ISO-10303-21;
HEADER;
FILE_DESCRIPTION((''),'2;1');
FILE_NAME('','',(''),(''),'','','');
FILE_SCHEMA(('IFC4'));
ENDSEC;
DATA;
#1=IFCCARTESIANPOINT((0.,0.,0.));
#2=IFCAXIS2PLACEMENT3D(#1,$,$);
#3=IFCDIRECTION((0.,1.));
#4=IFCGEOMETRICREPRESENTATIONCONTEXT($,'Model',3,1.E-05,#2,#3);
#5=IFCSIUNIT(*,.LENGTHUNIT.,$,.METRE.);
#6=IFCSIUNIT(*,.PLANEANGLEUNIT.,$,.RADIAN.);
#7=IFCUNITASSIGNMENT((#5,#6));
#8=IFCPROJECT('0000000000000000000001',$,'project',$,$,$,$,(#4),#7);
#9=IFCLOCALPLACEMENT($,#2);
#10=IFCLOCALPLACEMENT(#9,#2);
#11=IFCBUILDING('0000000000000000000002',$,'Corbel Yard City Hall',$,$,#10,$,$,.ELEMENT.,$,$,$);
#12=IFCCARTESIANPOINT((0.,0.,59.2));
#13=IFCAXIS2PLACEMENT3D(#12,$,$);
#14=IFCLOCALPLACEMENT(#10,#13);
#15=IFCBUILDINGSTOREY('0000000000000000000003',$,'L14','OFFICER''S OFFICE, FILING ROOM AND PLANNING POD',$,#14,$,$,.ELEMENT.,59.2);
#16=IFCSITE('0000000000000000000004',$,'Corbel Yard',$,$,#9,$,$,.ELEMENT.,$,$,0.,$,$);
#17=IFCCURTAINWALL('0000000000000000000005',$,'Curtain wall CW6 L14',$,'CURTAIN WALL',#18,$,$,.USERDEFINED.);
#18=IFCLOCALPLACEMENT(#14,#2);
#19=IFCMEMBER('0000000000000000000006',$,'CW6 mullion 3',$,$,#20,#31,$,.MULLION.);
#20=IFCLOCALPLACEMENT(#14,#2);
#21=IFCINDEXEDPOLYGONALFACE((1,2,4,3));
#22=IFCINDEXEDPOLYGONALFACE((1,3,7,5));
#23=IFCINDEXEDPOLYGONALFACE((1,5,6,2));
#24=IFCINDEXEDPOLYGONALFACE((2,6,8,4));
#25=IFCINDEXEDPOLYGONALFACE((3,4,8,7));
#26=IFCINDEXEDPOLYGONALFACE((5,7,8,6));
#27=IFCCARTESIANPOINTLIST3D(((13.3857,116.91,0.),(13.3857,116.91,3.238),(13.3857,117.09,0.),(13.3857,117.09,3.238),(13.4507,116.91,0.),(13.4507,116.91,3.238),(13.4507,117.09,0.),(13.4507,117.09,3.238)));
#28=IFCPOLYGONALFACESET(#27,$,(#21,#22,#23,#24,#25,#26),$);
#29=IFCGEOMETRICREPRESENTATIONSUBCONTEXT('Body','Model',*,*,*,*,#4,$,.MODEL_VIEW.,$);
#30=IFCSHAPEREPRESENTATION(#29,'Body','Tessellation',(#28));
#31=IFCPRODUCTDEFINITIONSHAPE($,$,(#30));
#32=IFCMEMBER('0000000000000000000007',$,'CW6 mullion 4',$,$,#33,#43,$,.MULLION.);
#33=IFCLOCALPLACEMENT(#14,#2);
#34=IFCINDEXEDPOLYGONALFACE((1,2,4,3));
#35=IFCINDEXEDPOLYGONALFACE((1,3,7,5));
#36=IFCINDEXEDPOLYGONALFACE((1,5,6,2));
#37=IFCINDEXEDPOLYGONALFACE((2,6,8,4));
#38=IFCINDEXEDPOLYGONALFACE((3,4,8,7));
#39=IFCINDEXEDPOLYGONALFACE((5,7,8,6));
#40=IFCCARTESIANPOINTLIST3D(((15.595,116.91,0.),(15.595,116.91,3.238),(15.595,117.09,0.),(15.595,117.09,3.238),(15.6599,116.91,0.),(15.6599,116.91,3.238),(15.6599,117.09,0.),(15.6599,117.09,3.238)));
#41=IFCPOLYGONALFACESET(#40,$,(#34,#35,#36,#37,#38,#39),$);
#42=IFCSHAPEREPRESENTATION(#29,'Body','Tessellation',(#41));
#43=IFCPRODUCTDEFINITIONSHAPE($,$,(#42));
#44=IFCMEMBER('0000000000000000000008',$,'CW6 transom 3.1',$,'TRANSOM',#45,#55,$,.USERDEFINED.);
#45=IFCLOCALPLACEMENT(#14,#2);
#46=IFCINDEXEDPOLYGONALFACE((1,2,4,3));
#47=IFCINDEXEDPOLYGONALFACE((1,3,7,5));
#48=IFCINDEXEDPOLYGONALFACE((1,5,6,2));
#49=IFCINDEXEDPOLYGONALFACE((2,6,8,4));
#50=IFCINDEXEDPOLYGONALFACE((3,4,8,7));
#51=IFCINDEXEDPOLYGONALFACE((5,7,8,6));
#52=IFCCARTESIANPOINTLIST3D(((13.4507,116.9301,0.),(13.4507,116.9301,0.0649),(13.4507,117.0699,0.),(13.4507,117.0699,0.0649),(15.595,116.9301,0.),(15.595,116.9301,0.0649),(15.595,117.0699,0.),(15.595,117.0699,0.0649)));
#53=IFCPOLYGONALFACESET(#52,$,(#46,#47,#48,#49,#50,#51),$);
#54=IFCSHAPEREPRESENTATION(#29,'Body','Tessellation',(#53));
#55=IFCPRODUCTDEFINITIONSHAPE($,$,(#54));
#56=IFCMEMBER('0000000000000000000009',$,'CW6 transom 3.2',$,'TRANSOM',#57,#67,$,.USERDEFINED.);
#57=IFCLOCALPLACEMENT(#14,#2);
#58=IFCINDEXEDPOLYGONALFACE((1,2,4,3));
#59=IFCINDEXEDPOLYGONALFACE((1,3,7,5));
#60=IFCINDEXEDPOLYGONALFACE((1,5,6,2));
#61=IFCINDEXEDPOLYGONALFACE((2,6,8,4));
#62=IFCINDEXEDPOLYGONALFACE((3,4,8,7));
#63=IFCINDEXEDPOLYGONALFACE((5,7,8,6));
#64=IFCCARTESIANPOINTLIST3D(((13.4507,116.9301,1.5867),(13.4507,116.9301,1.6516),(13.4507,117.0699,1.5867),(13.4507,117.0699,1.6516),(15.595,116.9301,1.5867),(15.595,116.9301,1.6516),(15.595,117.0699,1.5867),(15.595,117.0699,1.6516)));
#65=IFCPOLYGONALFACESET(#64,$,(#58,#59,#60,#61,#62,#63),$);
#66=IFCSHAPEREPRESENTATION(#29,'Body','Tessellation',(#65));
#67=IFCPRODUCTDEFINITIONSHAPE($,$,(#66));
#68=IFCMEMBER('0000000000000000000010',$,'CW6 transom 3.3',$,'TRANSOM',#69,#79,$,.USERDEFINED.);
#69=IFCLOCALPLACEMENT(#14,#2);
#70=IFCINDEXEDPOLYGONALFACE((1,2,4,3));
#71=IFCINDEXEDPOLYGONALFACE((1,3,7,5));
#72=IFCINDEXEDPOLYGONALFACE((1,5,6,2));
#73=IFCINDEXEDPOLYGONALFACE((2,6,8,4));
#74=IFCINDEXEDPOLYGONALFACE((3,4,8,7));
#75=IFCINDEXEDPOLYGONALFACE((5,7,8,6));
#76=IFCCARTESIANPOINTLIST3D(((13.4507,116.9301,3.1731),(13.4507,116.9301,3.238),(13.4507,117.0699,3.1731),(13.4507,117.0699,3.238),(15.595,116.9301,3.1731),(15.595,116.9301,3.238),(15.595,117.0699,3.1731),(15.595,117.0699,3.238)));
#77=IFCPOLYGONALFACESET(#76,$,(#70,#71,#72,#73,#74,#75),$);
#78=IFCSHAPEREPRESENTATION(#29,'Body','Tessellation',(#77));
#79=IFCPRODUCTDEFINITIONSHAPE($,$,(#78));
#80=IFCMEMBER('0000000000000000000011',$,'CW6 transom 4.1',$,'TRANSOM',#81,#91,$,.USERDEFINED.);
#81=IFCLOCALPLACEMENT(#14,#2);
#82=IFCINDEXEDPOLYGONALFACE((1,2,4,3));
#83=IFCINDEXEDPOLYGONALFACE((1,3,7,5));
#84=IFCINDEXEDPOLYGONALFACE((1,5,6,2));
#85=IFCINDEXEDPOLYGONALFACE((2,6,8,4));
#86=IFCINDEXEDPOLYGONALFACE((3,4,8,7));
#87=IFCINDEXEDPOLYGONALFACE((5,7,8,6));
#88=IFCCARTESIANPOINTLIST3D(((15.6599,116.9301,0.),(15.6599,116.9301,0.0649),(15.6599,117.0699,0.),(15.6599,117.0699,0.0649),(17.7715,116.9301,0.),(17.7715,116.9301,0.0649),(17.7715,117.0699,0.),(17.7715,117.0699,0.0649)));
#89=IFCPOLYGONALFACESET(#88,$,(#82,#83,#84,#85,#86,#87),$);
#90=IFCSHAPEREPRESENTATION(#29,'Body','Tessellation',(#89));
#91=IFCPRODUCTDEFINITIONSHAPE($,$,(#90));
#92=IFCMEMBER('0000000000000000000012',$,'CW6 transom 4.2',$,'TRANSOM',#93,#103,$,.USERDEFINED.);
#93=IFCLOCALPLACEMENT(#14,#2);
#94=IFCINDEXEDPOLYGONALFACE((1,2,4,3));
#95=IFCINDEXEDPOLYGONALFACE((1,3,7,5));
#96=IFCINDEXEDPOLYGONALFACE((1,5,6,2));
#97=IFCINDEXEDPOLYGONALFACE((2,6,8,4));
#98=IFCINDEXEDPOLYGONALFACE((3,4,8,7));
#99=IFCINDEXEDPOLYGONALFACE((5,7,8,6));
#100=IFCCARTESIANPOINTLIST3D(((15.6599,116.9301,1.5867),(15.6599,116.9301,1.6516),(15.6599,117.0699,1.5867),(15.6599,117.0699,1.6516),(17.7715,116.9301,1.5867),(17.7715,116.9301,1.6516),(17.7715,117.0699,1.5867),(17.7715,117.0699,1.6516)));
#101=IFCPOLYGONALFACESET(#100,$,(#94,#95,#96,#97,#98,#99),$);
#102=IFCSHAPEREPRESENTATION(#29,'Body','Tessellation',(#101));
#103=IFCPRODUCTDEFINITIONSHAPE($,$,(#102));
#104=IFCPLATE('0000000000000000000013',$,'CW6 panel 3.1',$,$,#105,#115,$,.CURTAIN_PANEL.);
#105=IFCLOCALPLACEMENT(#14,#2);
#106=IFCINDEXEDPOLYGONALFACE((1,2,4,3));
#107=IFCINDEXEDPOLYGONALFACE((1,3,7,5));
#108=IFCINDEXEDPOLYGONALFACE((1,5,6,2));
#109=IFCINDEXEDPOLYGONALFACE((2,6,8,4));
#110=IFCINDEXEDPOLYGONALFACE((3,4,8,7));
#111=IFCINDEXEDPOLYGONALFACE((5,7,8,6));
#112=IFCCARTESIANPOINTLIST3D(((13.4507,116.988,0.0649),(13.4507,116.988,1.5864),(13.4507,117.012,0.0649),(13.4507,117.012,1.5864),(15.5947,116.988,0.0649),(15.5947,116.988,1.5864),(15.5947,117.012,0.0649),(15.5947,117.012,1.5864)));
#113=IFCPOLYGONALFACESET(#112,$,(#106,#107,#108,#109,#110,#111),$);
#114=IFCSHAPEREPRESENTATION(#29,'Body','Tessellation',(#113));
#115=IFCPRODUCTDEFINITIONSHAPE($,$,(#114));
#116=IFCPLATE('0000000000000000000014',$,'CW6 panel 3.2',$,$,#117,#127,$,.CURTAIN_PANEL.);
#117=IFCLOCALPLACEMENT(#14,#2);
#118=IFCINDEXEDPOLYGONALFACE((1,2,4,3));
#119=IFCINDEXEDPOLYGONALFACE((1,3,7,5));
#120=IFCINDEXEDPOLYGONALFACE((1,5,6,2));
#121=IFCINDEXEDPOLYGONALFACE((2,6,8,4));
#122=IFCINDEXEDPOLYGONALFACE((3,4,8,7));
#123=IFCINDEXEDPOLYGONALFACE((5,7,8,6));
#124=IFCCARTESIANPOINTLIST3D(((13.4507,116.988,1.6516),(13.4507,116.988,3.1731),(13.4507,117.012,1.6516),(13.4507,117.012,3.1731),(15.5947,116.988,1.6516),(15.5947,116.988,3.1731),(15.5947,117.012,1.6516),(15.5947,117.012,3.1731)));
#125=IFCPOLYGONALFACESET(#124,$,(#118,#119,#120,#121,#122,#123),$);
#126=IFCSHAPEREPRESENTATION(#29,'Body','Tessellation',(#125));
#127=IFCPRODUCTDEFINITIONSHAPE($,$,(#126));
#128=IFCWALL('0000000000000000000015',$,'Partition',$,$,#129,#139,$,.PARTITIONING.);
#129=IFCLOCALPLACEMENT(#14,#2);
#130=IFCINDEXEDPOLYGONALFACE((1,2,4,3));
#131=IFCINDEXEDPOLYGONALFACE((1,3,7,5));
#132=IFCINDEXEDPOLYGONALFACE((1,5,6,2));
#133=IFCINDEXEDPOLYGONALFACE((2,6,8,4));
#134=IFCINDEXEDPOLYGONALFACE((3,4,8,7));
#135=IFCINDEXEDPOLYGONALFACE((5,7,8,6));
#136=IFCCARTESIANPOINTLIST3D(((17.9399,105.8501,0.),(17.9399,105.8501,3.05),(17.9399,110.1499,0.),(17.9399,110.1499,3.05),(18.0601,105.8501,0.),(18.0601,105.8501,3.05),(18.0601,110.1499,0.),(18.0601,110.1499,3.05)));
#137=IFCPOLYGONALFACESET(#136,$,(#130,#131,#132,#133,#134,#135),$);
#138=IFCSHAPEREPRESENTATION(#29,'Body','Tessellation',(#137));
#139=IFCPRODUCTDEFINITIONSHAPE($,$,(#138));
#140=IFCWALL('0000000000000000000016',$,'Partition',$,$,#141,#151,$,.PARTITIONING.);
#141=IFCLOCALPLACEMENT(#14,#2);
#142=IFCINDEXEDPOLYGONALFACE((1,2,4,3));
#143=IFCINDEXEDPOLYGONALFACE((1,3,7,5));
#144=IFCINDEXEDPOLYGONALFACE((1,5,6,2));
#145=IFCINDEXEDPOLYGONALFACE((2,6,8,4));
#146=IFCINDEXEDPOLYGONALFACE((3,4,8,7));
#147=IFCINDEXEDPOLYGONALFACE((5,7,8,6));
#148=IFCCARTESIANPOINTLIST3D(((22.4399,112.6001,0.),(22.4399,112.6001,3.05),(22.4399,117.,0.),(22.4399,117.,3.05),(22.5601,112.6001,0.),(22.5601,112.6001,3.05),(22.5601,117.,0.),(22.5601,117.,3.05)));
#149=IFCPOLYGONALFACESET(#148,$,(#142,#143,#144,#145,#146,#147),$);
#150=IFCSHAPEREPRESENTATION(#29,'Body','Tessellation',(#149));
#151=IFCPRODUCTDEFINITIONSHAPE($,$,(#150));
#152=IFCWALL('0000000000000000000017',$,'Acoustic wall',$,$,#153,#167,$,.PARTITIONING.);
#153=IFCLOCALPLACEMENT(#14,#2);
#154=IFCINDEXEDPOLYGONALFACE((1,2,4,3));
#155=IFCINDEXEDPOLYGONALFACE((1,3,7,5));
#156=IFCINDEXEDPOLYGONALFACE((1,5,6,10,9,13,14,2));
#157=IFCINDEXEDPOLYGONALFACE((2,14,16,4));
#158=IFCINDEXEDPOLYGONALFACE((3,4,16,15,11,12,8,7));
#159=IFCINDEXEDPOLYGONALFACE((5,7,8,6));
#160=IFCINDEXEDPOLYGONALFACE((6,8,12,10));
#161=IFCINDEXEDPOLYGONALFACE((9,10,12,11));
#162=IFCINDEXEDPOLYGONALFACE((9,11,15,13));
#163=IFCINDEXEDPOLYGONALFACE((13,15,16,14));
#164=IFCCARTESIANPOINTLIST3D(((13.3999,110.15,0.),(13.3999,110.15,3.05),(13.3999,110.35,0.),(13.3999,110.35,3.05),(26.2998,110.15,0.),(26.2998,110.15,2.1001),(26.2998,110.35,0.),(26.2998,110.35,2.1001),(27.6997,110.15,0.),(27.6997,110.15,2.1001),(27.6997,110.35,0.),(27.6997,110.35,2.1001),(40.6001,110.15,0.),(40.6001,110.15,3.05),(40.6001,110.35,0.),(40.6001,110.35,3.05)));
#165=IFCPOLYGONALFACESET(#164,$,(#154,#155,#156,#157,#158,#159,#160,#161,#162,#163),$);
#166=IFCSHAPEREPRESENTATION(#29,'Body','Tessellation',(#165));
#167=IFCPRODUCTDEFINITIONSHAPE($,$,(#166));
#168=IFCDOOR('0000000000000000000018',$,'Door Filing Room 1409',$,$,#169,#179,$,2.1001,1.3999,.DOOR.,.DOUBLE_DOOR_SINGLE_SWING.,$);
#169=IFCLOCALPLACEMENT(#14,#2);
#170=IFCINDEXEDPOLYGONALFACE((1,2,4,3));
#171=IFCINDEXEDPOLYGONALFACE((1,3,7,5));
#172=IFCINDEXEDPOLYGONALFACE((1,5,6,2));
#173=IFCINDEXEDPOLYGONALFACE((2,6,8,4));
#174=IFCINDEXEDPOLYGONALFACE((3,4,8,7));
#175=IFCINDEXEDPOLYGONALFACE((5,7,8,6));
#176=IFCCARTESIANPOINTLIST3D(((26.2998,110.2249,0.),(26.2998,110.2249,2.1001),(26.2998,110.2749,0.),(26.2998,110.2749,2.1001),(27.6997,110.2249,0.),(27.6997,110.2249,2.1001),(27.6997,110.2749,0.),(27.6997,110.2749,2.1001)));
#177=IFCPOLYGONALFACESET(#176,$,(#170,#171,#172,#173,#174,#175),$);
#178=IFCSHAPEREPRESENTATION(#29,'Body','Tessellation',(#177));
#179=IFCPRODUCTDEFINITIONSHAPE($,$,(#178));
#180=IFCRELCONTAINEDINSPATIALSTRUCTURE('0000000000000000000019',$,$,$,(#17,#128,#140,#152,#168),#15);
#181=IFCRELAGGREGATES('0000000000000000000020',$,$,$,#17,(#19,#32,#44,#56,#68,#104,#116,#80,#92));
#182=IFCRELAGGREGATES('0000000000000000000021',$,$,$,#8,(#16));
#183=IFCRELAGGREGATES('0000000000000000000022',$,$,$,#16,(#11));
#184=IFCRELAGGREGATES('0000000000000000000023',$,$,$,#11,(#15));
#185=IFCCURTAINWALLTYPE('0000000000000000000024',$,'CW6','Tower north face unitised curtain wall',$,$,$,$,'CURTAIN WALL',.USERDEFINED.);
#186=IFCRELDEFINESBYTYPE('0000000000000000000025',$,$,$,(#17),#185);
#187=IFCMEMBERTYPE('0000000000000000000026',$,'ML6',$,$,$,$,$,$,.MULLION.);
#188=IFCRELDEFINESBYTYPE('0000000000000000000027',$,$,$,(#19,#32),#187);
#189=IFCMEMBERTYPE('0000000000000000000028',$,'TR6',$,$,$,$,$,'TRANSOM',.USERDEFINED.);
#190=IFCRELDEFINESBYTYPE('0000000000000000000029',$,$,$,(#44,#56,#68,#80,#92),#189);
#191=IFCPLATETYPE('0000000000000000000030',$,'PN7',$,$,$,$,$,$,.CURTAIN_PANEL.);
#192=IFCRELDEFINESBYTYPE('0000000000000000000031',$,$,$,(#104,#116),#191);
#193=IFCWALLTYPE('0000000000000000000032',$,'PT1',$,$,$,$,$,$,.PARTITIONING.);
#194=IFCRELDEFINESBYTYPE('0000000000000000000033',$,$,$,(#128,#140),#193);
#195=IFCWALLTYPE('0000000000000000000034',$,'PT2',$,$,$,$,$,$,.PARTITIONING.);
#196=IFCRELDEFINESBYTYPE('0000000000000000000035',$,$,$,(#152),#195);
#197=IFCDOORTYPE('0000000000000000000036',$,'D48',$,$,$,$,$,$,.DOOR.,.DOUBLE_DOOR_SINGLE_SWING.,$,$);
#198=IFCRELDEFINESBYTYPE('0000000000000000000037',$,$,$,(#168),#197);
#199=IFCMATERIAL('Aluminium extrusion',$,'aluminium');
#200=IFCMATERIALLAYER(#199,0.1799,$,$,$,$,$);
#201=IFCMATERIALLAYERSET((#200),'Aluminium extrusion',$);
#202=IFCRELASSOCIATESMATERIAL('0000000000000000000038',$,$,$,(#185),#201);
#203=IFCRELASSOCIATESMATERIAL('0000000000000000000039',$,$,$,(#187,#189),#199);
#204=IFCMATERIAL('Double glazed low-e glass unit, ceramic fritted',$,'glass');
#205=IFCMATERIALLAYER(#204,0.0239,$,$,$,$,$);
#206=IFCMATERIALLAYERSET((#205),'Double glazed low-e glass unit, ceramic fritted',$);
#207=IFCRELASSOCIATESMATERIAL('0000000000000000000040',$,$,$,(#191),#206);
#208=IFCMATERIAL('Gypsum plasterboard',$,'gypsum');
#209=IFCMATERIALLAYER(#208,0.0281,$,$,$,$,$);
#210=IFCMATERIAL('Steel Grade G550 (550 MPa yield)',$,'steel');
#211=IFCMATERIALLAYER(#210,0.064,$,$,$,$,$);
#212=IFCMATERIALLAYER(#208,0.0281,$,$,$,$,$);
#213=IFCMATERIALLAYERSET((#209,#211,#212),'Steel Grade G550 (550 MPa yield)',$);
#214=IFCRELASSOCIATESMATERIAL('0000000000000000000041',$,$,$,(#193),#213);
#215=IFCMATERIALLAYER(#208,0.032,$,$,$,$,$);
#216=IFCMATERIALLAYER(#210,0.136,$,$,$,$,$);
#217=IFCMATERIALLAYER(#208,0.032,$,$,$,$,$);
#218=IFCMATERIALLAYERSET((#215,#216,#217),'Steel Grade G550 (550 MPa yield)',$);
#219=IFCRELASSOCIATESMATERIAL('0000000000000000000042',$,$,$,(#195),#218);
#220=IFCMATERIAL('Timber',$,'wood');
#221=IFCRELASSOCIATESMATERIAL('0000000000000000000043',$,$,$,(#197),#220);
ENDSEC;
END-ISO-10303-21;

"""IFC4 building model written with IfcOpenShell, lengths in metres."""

from ifc_helpers import new_model, si_unit, direction, frame, frame_2d, origin, origin_2d, place, context, subcontext, project, spatial, rectangle, extrude, material, layer, layer_set, material_profile, profile_set, type_object, element, fill, aggregate, save


model = new_model("IFC4")

# Units and contexts
model_context = context("Model", 3, precision=1e-05, world=origin(), true_north=direction((0.0, 1.0)))
body_context = subcontext(model_context, "Body", "Model", "MODEL_VIEW")
ifc_project = project(units=[si_unit("LENGTHUNIT", "METRE"), si_unit("PLANEANGLEUNIT", "RADIAN")], contexts=[model_context])

# Site, building, storey
site_placement = place(None, origin())
site = spatial("IfcSite", under=ifc_project, at=site_placement, Name="Corbel Yard", CompositionType="ELEMENT", RefElevation=0.0)
building_placement = place(site_placement, origin())
building = spatial("IfcBuilding", under=site, at=building_placement, Name="Corbel Yard City Hall", CompositionType="ELEMENT")
storey_placement = place(building_placement, frame((0.0, 0.0, 59.2)))
storey = spatial("IfcBuildingStorey", under=building, at=storey_placement, Name="L14", Description="OFFICER'S OFFICE, FILING ROOM AND PLANNING POD", CompositionType="ELEMENT", Elevation=59.2)

# Curtain wall, members, plates
ifc_material_1 = material(Name="Aluminium extrusion", Category="aluminium")
ifc_layer_1 = layer(ifc_material_1, 0.1799)
ifc_layer_set_1 = layer_set([ifc_layer_1], Name="Aluminium extrusion")
curtain_wall_type = type_object("IfcCurtainWallType", Name="CW6", Description="Tower north face unitised curtain wall", ElementType="CURTAIN WALL", PredefinedType="USERDEFINED", material=ifc_layer_set_1)
curtain_wall_placement = place(storey_placement, origin())
curtain_wall = element("IfcCurtainWall", 1, at=curtain_wall_placement, inside=storey, type_object=curtain_wall_type, Name="Curtain wall CW6 L14", ObjectType="CURTAIN WALL", PredefinedType="USERDEFINED")
ifc_material_profile_1 = material_profile(ifc_material_1, rectangle(XDim=0.1799, YDim=0.0649, at=origin_2d()), Name="180x65")
ifc_profile_set_1 = profile_set([ifc_material_profile_1], Name="Aluminium extrusion")
member_type_1 = type_object("IfcMemberType", Name="ML6", PredefinedType="MULLION", material=ifc_profile_set_1)
member_1_placement = place(storey_placement, frame((13.4182, 117.0, 0.0), z_axis=(0.0, 0.0, 1.0), x_axis=(0.0, 1.0, 0.0)))
member_1 = element("IfcMember", 2, at=member_1_placement, type_object=member_type_1, Name="CW6 mullion 3", PredefinedType="MULLION", context=body_context, shape_type="SweptSolid", body=[
    extrude(rectangle(XDim=0.1799, YDim=0.0649, at=origin_2d()), origin(), (0.0, 0.0, 1.0), 3.238),
])
member_2_placement = place(storey_placement, frame((15.6274, 117.0, 0.0), z_axis=(0.0, 0.0, 1.0), x_axis=(0.0, 1.0, 0.0)))
member_2 = element("IfcMember", 3, at=member_2_placement, type_object=member_type_1, Name="CW6 mullion 4", PredefinedType="MULLION", context=body_context, shape_type="SweptSolid", body=[
    extrude(rectangle(XDim=0.1799, YDim=0.0649, at=origin_2d()), origin(), (0.0, 0.0, 1.0), 3.238),
])
ifc_material_profile_2 = material_profile(ifc_material_1, rectangle(XDim=0.1399, YDim=0.0649, at=origin_2d()), Name="140x65")
ifc_profile_set_2 = profile_set([ifc_material_profile_2], Name="Aluminium extrusion")
member_type_2 = type_object("IfcMemberType", Name="TR6", ElementType="TRANSOM", PredefinedType="USERDEFINED", material=ifc_profile_set_2)
member_3_placement = place(storey_placement, frame((13.4507, 117.0, 0.0325), z_axis=(1.0, 0.0, 0.0), x_axis=(0.0, 1.0, 0.0)))
member_3 = element("IfcMember", 4, at=member_3_placement, type_object=member_type_2, Name="CW6 transom 3.1", ObjectType="TRANSOM", PredefinedType="USERDEFINED", context=body_context, shape_type="SweptSolid", body=[
    extrude(rectangle(XDim=0.1399, YDim=0.0649, at=origin_2d()), origin(), (0.0, 0.0, 1.0), 2.1443),
])
member_4_placement = place(storey_placement, frame((13.4507, 117.0, 1.6191), z_axis=(1.0, 0.0, 0.0), x_axis=(0.0, 1.0, 0.0)))
member_4 = element("IfcMember", 5, at=member_4_placement, type_object=member_type_2, Name="CW6 transom 3.2", ObjectType="TRANSOM", PredefinedType="USERDEFINED", context=body_context, shape_type="SweptSolid", body=[
    extrude(rectangle(XDim=0.1399, YDim=0.0649, at=origin_2d()), origin(), (0.0, 0.0, 1.0), 2.1443),
])
member_5_placement = place(storey_placement, frame((13.4507, 117.0, 3.2056), z_axis=(1.0, 0.0, 0.0), x_axis=(0.0, 1.0, 0.0)))
member_5 = element("IfcMember", 6, at=member_5_placement, type_object=member_type_2, Name="CW6 transom 3.3", ObjectType="TRANSOM", PredefinedType="USERDEFINED", context=body_context, shape_type="SweptSolid", body=[
    extrude(rectangle(XDim=0.1399, YDim=0.0649, at=origin_2d()), origin(), (0.0, 0.0, 1.0), 2.1443),
])
member_6_placement = place(storey_placement, frame((15.6599, 117.0, 0.0325), z_axis=(1.0, 0.0, 0.0), x_axis=(0.0, 1.0, 0.0)))
member_6 = element("IfcMember", 7, at=member_6_placement, type_object=member_type_2, Name="CW6 transom 4.1", ObjectType="TRANSOM", PredefinedType="USERDEFINED", context=body_context, shape_type="SweptSolid", body=[
    extrude(rectangle(XDim=0.1399, YDim=0.0649, at=origin_2d()), origin(), (0.0, 0.0, 1.0), 2.1116),
])
member_7_placement = place(storey_placement, frame((15.6599, 117.0, 1.6191), z_axis=(1.0, 0.0, 0.0), x_axis=(0.0, 1.0, 0.0)))
member_7 = element("IfcMember", 8, at=member_7_placement, type_object=member_type_2, Name="CW6 transom 4.2", ObjectType="TRANSOM", PredefinedType="USERDEFINED", context=body_context, shape_type="SweptSolid", body=[
    extrude(rectangle(XDim=0.1399, YDim=0.0649, at=origin_2d()), origin(), (0.0, 0.0, 1.0), 2.1116),
])
ifc_material_2 = material(Name="Double glazed low-e glass unit, ceramic fritted", Category="glass")
ifc_layer_2 = layer(ifc_material_2, 0.0239)
ifc_layer_set_2 = layer_set([ifc_layer_2], Name="Double glazed low-e glass unit, ceramic fritted")
plate_type = type_object("IfcPlateType", Name="PN7", PredefinedType="CURTAIN_PANEL", material=ifc_layer_set_2)
plate_1_placement = place(storey_placement, frame((14.5227, 117.0, 0.0649), z_axis=(0.0, 0.0, 1.0), x_axis=(1.0, 0.0, 0.0)))
plate_1 = element("IfcPlate", 9, at=plate_1_placement, type_object=plate_type, Name="CW6 panel 3.1", PredefinedType="CURTAIN_PANEL", context=body_context, shape_type="SweptSolid", body=[
    extrude(rectangle(XDim=2.144, YDim=0.0239, at=origin_2d()), origin(), (0.0, 0.0, 1.0), 1.5215),
])
plate_2_placement = place(storey_placement, frame((14.5227, 117.0, 1.6516), z_axis=(0.0, 0.0, 1.0), x_axis=(1.0, 0.0, 0.0)))
plate_2 = element("IfcPlate", 10, at=plate_2_placement, type_object=plate_type, Name="CW6 panel 3.2", PredefinedType="CURTAIN_PANEL", context=body_context, shape_type="SweptSolid", body=[
    extrude(rectangle(XDim=2.144, YDim=0.0239, at=origin_2d()), origin(), (0.0, 0.0, 1.0), 1.5215),
])
aggregate(curtain_wall, [member_1, member_2, member_3, member_4, member_5, plate_1, plate_2, member_6, member_7])

# Walls
ifc_material_3 = material(Name="Gypsum plasterboard", Category="gypsum")
ifc_layer_3 = layer(ifc_material_3, 0.0281)
ifc_material_4 = material(Name="Steel Grade G550 (550 MPa yield)", Category="steel")
ifc_layer_4 = layer(ifc_material_4, 0.064)
ifc_layer_5 = layer(ifc_material_3, 0.0281)
ifc_layer_set_3 = layer_set([ifc_layer_3, ifc_layer_4, ifc_layer_5], Name="Steel Grade G550 (550 MPa yield)")
wall_type_1 = type_object("IfcWallType", Name="PT1", PredefinedType="PARTITIONING", material=ifc_layer_set_3)
wall_1_placement = place(storey_placement, frame((18.0, 105.8501, 0.0), z_axis=(0.0, 0.0, 1.0), x_axis=(0.0, 1.0, 0.0)))
element("IfcWall", 11, at=wall_1_placement, inside=storey, type_object=wall_type_1, Name="Partition", PredefinedType="PARTITIONING", context=body_context, shape_type="SweptSolid", body=[
    extrude(rectangle(XDim=4.2998, YDim=0.1201, at=frame_2d((2.1499, 0.0))), origin(), (0.0, 0.0, 1.0), 3.05),
])
wall_2_placement = place(storey_placement, frame((22.5, 112.6001, 0.0), z_axis=(0.0, 0.0, 1.0), x_axis=(0.0, 1.0, 0.0)))
element("IfcWall", 12, at=wall_2_placement, inside=storey, type_object=wall_type_1, Name="Partition", PredefinedType="PARTITIONING", context=body_context, shape_type="SweptSolid", body=[
    extrude(rectangle(XDim=4.3999, YDim=0.1201, at=frame_2d((2.2, 0.0))), origin(), (0.0, 0.0, 1.0), 3.05),
])

# Wall, opening, door
ifc_layer_6 = layer(ifc_material_3, 0.032)
ifc_layer_7 = layer(ifc_material_4, 0.136)
ifc_layer_8 = layer(ifc_material_3, 0.032)
ifc_layer_set_4 = layer_set([ifc_layer_6, ifc_layer_7, ifc_layer_8], Name="Steel Grade G550 (550 MPa yield)")
wall_type_2 = type_object("IfcWallType", Name="PT2", PredefinedType="PARTITIONING", material=ifc_layer_set_4)
wall_3_placement = place(storey_placement, frame((13.3999, 110.25, 0.0), z_axis=(0.0, 0.0, 1.0), x_axis=(1.0, 0.0, 0.0)))
wall_3 = element("IfcWall", 13, at=wall_3_placement, inside=storey, type_object=wall_type_2, Name="Acoustic wall", PredefinedType="PARTITIONING", context=body_context, shape_type="SweptSolid", body=[
    extrude(rectangle(XDim=27.2002, YDim=0.2, at=frame_2d((13.6001, 0.0))), origin(), (0.0, 0.0, 1.0), 3.05),
])
opening_1_placement = place(wall_3_placement, frame((12.8999, 0.0, 0.0)))
opening_1 = element("IfcOpeningElement", 14, at=opening_1_placement, cuts=wall_3, PredefinedType="OPENING", context=body_context, shape_type="SweptSolid", body=[
    extrude(rectangle(XDim=1.3999, YDim=2.1001, at=frame_2d((0.7, 1.05))), frame((0.0, 0.1099, 0.0), z_axis=(0.0, -1.0, 0.0), x_axis=(1.0, 0.0, 0.0)), (0.0, 0.0, 1.0), 0.22),
])
ifc_material_5 = material(Name="Timber", Category="wood")
door_type_1 = type_object("IfcDoorType", Name="D48", OperationType="DOUBLE_DOOR_SINGLE_SWING", PredefinedType="DOOR", material=ifc_material_5)
door_1_placement = place(opening_1_placement, origin())
door_1 = element("IfcDoor", 15, at=door_1_placement, inside=storey, type_object=door_type_1, Name="Door Filing Room 1409", OperationType="DOUBLE_DOOR_SINGLE_SWING", OverallHeight=2.1001, OverallWidth=1.3999, PredefinedType="DOOR", context=body_context, shape_type="SweptSolid", body=[
    extrude(rectangle(XDim=1.3999, YDim=2.1001, at=frame_2d((0.7, 1.05))), frame((0.0, 0.0249, 0.0), z_axis=(0.0, -1.0, 0.0), x_axis=(1.0, 0.0, 0.0)), (0.0, 0.0, 1.0), 0.05),
])
fill(opening_1, door_1)

save(model, "model.ifc")
